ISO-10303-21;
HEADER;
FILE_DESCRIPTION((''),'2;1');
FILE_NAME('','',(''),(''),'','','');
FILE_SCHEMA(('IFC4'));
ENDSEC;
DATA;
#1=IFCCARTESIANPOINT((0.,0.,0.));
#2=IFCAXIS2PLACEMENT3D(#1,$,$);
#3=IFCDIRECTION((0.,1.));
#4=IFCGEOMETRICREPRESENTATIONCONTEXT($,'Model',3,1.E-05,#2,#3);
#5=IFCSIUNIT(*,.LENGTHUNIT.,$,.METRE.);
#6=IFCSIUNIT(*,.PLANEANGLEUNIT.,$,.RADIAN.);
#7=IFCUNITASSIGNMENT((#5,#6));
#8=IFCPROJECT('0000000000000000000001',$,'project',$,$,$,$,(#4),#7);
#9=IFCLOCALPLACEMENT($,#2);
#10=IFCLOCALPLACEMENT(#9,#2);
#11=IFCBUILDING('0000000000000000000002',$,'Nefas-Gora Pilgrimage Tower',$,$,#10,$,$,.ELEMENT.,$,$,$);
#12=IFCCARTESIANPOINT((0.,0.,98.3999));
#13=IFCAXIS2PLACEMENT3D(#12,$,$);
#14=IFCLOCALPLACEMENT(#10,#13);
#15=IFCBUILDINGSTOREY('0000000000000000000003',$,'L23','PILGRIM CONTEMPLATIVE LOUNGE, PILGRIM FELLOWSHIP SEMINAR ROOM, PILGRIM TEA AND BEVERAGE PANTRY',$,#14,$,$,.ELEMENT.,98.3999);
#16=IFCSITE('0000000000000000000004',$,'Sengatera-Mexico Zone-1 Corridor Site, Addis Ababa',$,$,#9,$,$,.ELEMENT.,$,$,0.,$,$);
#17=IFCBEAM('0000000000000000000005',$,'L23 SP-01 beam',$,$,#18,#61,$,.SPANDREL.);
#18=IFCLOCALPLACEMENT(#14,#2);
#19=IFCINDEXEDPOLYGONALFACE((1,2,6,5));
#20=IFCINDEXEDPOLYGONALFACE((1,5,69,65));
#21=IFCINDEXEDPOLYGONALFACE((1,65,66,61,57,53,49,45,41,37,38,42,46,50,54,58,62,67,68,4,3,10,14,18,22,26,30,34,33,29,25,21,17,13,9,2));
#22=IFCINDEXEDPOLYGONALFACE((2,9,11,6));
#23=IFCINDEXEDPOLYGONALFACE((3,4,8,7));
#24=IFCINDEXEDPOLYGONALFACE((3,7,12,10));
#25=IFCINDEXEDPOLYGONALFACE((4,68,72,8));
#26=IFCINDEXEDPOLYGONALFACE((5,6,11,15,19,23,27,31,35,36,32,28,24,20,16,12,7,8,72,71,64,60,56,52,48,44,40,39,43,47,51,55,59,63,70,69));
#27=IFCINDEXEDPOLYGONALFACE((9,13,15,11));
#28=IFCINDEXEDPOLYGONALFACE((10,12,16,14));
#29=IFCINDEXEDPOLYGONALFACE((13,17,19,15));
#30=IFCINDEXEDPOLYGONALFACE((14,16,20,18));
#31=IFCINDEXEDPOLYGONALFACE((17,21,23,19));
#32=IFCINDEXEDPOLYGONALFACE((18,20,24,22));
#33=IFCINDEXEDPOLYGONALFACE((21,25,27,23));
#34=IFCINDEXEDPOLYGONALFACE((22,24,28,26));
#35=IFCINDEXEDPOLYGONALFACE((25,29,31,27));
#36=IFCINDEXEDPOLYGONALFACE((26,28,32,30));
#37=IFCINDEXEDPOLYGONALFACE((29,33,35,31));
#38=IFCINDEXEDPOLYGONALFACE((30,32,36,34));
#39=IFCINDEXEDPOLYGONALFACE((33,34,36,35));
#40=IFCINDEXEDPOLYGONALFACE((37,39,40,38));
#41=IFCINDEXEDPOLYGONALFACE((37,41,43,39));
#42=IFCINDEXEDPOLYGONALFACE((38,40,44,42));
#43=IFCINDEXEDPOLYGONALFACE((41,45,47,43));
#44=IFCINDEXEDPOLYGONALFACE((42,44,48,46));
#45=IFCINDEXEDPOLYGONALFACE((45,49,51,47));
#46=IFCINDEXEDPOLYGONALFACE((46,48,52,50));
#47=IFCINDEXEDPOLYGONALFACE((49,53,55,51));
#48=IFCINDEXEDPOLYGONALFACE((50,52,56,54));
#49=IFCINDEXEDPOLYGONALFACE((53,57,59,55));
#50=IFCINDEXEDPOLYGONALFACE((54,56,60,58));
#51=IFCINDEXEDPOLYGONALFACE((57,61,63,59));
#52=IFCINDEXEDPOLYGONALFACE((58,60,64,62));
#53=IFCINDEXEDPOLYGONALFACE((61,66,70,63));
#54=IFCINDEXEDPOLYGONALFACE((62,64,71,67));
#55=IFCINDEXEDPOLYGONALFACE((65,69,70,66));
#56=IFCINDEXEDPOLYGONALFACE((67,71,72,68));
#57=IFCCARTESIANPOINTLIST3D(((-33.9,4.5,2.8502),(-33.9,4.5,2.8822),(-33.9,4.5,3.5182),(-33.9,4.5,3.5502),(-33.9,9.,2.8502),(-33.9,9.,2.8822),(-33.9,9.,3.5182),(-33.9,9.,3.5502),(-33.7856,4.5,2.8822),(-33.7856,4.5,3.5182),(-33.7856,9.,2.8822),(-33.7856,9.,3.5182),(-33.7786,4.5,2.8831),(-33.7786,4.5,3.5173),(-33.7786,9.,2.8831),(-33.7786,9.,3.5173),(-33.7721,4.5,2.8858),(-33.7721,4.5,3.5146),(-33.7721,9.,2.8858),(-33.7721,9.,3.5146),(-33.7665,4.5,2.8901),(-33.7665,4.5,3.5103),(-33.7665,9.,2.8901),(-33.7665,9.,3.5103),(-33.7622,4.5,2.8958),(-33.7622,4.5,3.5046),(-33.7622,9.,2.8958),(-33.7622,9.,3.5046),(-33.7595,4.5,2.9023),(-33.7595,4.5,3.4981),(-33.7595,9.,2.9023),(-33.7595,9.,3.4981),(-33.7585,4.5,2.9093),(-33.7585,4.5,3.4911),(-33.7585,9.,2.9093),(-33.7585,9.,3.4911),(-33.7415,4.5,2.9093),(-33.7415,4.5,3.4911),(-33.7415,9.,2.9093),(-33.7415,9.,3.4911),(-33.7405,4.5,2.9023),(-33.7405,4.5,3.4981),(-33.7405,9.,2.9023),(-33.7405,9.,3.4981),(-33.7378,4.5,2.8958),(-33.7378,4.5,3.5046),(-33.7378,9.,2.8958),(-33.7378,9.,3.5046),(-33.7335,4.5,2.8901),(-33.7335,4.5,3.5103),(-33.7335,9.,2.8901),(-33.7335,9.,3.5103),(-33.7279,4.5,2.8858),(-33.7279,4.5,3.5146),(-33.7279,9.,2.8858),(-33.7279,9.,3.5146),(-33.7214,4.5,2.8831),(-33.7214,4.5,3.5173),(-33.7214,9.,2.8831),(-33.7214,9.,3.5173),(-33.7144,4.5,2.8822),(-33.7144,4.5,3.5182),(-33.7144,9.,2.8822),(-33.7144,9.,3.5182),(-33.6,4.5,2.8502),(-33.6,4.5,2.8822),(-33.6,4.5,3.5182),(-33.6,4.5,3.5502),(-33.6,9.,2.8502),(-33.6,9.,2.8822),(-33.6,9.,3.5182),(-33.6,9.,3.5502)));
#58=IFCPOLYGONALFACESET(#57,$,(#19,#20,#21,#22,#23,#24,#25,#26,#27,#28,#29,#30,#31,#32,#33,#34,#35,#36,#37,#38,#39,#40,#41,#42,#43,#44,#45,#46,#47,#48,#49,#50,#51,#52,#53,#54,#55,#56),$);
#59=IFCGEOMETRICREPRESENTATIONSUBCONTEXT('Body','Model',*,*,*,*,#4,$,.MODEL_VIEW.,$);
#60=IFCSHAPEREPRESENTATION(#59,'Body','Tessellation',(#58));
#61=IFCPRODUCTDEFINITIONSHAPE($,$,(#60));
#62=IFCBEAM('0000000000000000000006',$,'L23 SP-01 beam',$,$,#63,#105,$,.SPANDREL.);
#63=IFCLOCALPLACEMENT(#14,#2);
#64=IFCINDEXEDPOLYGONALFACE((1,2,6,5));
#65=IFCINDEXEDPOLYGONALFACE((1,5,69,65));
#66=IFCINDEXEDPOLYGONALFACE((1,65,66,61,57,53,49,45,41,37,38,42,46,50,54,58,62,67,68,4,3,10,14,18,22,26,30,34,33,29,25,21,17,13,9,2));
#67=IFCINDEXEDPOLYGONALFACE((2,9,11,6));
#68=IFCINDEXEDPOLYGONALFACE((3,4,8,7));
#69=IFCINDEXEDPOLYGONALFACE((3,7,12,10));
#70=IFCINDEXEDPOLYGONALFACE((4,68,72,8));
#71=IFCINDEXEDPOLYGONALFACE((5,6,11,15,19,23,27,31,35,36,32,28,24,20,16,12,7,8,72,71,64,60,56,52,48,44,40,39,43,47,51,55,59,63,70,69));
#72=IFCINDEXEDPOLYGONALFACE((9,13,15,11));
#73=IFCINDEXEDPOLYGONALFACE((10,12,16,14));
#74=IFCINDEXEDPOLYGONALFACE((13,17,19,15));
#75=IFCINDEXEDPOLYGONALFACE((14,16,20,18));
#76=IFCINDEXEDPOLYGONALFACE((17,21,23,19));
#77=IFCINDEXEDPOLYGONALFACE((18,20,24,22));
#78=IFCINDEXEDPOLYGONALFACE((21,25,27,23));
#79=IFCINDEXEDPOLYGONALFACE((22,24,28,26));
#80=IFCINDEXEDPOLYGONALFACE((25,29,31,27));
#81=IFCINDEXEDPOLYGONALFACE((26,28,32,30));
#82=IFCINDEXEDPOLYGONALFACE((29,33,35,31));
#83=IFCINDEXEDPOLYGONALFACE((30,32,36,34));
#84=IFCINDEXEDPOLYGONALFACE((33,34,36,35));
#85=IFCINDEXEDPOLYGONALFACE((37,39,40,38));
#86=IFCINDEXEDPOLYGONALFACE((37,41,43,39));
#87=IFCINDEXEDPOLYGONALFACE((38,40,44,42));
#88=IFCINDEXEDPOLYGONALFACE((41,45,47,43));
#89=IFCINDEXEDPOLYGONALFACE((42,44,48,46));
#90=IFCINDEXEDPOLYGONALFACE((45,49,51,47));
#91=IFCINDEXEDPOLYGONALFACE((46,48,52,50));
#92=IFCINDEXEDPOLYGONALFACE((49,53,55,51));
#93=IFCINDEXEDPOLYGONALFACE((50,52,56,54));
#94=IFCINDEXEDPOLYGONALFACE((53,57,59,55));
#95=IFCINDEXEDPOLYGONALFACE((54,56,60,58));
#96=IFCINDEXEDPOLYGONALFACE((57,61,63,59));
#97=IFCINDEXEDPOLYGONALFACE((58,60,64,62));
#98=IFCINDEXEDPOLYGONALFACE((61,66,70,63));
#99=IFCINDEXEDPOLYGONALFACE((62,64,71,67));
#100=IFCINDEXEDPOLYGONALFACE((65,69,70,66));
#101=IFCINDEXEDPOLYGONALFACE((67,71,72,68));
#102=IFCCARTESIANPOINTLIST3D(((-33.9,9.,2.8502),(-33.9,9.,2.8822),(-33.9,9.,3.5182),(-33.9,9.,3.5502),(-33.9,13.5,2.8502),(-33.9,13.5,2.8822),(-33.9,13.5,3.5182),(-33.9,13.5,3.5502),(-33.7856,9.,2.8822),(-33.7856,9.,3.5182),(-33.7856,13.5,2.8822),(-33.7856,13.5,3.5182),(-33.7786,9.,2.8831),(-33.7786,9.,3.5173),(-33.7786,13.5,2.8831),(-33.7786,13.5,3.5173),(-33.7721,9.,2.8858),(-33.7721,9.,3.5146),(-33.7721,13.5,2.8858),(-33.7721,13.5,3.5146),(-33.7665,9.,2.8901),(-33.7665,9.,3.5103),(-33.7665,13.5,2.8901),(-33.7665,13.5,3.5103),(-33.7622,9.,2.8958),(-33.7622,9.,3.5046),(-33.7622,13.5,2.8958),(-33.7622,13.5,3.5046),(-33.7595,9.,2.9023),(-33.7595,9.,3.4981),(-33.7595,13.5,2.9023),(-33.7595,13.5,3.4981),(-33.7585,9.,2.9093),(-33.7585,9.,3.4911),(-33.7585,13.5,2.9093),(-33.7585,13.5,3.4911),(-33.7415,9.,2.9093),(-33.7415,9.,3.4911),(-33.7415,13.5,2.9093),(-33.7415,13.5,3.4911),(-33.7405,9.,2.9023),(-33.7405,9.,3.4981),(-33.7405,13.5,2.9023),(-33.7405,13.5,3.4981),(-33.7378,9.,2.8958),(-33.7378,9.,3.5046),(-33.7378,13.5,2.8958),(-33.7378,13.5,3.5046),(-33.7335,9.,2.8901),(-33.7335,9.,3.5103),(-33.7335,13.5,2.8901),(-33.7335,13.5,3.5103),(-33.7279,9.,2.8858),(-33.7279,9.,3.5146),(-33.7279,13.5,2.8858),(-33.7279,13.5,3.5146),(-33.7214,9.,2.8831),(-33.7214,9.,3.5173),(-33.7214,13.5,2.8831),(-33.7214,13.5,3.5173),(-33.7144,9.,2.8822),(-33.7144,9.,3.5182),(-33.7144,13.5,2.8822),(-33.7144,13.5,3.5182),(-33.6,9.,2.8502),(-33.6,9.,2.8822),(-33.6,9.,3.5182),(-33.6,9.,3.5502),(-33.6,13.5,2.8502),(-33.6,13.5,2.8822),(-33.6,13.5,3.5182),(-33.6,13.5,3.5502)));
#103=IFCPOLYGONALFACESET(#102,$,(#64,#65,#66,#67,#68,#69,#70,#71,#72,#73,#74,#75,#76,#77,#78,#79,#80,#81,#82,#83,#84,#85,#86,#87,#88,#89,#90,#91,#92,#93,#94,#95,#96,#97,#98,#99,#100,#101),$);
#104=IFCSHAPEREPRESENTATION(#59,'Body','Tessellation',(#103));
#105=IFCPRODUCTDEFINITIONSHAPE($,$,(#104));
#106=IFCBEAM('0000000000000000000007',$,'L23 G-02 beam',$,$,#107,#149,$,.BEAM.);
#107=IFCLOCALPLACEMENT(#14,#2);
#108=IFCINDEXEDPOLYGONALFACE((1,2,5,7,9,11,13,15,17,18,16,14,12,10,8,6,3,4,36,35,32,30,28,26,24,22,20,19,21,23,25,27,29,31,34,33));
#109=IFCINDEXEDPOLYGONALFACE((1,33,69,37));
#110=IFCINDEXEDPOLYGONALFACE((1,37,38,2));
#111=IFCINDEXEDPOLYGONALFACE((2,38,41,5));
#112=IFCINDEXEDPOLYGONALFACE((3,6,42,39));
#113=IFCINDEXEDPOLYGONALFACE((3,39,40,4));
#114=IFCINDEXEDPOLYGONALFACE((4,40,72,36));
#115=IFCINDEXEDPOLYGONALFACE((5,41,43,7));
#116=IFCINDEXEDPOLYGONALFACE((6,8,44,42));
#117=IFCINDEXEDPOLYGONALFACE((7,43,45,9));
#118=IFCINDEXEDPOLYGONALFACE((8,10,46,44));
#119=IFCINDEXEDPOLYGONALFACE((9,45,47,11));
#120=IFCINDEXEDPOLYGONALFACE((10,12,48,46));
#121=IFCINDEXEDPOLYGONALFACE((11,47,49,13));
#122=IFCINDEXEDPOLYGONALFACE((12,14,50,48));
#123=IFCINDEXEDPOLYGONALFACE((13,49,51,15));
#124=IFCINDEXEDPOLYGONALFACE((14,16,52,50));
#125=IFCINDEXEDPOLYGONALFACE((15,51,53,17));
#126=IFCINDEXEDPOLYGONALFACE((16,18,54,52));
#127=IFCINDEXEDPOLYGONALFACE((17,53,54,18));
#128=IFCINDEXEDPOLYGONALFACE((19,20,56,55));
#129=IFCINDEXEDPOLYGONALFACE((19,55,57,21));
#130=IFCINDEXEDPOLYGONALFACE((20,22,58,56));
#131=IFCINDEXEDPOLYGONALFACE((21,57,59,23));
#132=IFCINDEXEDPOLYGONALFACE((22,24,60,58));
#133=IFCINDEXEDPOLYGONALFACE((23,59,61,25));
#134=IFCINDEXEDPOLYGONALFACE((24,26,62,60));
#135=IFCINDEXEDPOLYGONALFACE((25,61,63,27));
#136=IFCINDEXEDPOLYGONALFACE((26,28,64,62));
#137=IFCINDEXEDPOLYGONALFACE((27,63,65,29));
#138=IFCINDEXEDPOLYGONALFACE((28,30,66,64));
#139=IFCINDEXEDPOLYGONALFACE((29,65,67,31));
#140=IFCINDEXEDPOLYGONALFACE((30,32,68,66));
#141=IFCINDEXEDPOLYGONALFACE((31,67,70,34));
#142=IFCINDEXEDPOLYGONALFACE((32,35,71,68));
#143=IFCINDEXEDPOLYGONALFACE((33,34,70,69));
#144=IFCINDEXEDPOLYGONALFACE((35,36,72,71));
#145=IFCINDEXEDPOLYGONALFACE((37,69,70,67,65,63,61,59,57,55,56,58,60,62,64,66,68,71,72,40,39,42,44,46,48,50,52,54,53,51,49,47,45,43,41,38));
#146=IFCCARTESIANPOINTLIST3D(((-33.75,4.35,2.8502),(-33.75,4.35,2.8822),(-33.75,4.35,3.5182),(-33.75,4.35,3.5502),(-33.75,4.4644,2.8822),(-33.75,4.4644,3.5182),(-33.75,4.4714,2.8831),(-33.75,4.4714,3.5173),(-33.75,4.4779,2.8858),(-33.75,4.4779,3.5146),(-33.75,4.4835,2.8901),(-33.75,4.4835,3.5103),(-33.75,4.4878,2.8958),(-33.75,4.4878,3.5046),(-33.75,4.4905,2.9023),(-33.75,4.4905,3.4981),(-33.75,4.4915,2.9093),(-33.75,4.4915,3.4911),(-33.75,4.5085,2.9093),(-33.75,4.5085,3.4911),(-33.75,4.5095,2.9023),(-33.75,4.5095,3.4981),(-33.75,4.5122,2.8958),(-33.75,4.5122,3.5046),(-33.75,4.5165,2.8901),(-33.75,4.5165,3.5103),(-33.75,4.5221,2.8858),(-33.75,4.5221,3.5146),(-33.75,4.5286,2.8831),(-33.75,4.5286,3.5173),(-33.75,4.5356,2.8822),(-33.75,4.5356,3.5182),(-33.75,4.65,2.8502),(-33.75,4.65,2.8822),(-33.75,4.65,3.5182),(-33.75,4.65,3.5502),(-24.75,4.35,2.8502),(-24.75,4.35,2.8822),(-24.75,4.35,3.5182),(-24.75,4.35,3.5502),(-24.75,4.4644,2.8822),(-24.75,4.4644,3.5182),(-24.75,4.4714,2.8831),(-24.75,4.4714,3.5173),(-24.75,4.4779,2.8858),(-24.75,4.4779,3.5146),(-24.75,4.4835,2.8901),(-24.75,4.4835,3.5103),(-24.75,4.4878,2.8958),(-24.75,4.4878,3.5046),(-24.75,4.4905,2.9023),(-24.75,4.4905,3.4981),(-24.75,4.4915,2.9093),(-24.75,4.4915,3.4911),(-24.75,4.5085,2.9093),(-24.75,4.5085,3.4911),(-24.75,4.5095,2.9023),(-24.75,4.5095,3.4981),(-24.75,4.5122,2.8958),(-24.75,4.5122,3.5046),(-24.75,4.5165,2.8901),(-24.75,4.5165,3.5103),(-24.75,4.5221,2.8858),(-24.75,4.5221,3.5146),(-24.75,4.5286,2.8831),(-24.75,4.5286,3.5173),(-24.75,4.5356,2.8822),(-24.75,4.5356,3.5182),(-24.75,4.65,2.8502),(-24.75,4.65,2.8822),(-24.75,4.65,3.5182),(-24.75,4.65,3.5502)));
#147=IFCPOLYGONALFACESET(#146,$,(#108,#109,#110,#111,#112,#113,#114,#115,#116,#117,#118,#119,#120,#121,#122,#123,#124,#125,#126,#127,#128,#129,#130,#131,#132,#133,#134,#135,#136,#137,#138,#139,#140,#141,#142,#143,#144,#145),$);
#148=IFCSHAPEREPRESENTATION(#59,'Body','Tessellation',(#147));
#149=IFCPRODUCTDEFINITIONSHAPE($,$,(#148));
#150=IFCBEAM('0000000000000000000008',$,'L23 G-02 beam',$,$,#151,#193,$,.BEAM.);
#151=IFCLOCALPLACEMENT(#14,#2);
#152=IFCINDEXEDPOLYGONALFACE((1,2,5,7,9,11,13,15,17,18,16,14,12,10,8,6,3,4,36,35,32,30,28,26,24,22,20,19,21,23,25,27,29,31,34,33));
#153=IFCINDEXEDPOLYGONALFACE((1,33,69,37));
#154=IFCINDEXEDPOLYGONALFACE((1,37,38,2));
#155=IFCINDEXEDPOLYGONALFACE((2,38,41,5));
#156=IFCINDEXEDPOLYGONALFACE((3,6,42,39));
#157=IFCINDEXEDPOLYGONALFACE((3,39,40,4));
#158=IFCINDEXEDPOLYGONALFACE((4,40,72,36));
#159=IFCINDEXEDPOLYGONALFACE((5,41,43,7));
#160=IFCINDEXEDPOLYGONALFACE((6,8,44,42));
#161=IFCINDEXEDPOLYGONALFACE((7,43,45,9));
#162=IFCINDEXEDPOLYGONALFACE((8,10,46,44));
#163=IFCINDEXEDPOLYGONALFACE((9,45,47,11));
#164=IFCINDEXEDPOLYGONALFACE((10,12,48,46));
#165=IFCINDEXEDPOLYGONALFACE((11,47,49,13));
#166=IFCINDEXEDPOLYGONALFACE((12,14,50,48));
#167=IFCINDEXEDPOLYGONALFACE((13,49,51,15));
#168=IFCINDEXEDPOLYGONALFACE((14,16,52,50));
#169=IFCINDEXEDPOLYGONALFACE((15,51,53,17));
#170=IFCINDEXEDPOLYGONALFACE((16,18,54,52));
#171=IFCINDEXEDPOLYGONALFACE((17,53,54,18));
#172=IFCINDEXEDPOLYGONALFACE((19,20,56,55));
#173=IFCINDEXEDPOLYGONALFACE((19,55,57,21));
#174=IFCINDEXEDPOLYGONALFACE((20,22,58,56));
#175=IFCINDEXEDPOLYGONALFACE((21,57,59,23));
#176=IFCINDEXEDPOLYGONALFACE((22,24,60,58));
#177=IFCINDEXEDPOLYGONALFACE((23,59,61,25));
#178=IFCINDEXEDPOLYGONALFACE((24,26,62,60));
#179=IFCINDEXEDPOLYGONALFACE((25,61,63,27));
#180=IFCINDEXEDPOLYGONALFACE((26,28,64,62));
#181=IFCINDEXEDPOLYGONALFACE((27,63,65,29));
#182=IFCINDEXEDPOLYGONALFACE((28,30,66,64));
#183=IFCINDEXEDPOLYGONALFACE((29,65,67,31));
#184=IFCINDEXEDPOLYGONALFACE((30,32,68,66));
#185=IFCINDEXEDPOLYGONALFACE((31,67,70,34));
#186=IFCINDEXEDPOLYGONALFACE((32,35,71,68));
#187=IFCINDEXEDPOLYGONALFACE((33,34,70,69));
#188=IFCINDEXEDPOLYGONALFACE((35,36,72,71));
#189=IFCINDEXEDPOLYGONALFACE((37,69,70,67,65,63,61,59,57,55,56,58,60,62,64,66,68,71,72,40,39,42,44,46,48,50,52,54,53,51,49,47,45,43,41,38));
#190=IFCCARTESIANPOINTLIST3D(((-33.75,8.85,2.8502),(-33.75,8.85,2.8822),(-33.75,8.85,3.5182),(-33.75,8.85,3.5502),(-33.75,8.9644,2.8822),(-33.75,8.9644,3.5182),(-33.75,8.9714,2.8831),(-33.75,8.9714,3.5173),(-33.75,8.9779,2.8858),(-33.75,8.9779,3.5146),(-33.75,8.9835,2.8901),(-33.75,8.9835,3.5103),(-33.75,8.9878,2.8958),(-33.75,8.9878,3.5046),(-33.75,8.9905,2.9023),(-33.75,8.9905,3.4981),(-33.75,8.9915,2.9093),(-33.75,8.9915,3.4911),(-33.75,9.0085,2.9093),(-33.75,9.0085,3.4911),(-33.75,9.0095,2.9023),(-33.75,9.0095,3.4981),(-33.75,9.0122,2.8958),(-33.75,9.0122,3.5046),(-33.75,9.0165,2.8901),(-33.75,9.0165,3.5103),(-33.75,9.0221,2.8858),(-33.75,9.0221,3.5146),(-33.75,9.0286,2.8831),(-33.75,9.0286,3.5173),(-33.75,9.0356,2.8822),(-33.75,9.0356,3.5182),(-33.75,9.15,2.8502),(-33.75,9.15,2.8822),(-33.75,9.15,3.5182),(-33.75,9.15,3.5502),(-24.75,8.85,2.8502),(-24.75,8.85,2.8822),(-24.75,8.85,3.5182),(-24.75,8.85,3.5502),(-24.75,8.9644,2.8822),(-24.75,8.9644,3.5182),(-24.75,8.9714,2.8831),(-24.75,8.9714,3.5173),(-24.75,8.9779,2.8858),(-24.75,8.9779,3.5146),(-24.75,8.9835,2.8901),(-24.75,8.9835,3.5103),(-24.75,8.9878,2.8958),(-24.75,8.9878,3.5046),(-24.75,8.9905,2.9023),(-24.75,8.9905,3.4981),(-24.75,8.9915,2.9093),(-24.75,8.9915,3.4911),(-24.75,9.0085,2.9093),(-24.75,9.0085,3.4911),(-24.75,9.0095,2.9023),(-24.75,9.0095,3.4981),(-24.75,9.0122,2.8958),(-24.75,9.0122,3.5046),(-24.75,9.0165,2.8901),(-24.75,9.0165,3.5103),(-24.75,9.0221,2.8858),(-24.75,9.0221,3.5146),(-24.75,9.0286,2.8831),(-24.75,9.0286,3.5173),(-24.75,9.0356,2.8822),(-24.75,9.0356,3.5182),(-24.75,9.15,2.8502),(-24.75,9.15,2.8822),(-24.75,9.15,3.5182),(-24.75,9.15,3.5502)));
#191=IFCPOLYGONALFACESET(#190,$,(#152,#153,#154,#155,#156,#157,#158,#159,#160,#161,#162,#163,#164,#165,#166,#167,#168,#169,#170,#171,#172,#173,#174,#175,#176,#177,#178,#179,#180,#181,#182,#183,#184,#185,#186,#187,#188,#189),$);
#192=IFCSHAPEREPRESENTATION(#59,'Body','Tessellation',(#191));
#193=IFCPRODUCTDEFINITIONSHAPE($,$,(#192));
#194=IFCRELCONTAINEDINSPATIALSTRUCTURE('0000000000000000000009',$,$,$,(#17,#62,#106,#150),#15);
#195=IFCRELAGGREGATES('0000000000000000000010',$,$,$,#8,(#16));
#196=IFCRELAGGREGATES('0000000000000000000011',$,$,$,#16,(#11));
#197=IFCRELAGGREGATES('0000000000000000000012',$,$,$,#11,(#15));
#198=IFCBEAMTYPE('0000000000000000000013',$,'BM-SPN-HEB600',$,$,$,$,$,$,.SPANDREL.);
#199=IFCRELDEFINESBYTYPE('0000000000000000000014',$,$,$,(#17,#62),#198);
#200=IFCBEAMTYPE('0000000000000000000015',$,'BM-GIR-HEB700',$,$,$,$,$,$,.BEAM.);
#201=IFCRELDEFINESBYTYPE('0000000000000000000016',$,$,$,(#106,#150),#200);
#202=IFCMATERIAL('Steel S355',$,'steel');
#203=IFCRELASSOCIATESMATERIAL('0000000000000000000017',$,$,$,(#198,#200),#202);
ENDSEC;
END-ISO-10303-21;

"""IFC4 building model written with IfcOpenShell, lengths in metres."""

from ifc_helpers import new_model, si_unit, direction, frame, origin, origin_2d, place, context, subcontext, project, spatial, i_section, extrude, source, transform, mapped, material, material_profile, profile_set, type_object, element, save


model = new_model("IFC4")

# Units and contexts
model_context = context("Model", 3, precision=1e-05, world=origin(), true_north=direction((0.0, 1.0)))
body_context = subcontext(model_context, "Body", "Model", "MODEL_VIEW")
ifc_project = project(units=[si_unit("LENGTHUNIT", "METRE"), si_unit("PLANEANGLEUNIT", "RADIAN")], contexts=[model_context])

# Site, building, storey
site_placement = place(None, origin())
site = spatial("IfcSite", under=ifc_project, at=site_placement, Name="Sengatera-Mexico Zone-1 Corridor Site, Addis Ababa", CompositionType="ELEMENT", RefElevation=0.0)
building_placement = place(site_placement, origin())
building = spatial("IfcBuilding", under=site, at=building_placement, Name="Nefas-Gora Pilgrimage Tower", CompositionType="ELEMENT")
storey_placement = place(building_placement, frame((0.0, 0.0, 98.3999)))
storey = spatial("IfcBuildingStorey", under=building, at=storey_placement, Name="L23", Description="PILGRIM CONTEMPLATIVE LOUNGE, PILGRIM FELLOWSHIP SEMINAR ROOM, PILGRIM TEA AND BEVERAGE PANTRY", CompositionType="ELEMENT", Elevation=98.3999)

# Beams
ifc_material_1 = material(Name="Steel S355", Category="steel")
ifc_material_profile_1 = material_profile(ifc_material_1, i_section(OverallWidth=0.3, OverallDepth=0.7, WebThickness=0.0171, FlangeThickness=0.032, FilletRadius=0.0271, at=origin_2d()), Name="HEB 700")
ifc_profile_set_1 = profile_set([ifc_material_profile_1], Name="Steel S355")
beam_type_1 = type_object("IfcBeamType", Name="BM-SPN-HEB600", PredefinedType="SPANDREL", material=ifc_profile_set_1)
shared_shape_1 = source(origin(), body_context, "Body", "SweptSolid", [
    extrude(i_section(OverallWidth=0.3, OverallDepth=0.7, WebThickness=0.0171, FlangeThickness=0.032, FilletRadius=0.0271, at=origin_2d()), origin(), (0.0, 0.0, 1.0), 4.5),
])
for number, where, z_axis, x_axis, name in (
    (1, (-33.75, 4.5, 3.2002), (0.0, 1.0, 0.0), (-1.0, 0.0, 0.0), "L23 SP-01 beam"),
    (2, (-33.75, 9.0, 3.2002), (0.0, 1.0, 0.0), (-1.0, 0.0, 0.0), "L23 SP-01 beam"),
):
    element("IfcBeam", number, at=place(storey_placement, frame(where, z_axis=z_axis, x_axis=x_axis)), inside=storey, type_object=beam_type_1, Name=name, PredefinedType="SPANDREL", context=body_context, shape_type="MappedRepresentation", body=[
        mapped(shared_shape_1, transform((0.0, 0.0, 0.0), x_axis=(1.0, 0.0, 0.0), y_axis=(0.0, 1.0, 0.0), z_axis=(0.0, 0.0, 1.0), scale=1.0)),
    ])
ifc_material_profile_2 = material_profile(ifc_material_1, i_section(OverallWidth=0.3, OverallDepth=0.7, WebThickness=0.0171, FlangeThickness=0.032, FilletRadius=0.0271, at=origin_2d()), Name="HEB 700")
ifc_profile_set_2 = profile_set([ifc_material_profile_2], Name="Steel S355")
beam_type_2 = type_object("IfcBeamType", Name="BM-GIR-HEB700", PredefinedType="BEAM", material=ifc_profile_set_2)
shared_shape_2 = source(origin(), body_context, "Body", "SweptSolid", [
    extrude(i_section(OverallWidth=0.3, OverallDepth=0.7, WebThickness=0.0171, FlangeThickness=0.032, FilletRadius=0.0271, at=origin_2d()), origin(), (0.0, 0.0, 1.0), 9.0),
])
for number, where, z_axis, x_axis, name in (
    (3, (-33.75, 4.5, 3.2002), (1.0, 0.0, 0.0), (0.0, 1.0, 0.0), "L23 G-02 beam"),
    (4, (-33.75, 9.0, 3.2002), (1.0, 0.0, 0.0), (0.0, 1.0, 0.0), "L23 G-02 beam"),
):
    element("IfcBeam", number, at=place(storey_placement, frame(where, z_axis=z_axis, x_axis=x_axis)), inside=storey, type_object=beam_type_2, Name=name, PredefinedType="BEAM", context=body_context, shape_type="MappedRepresentation", body=[
        mapped(shared_shape_2, transform((0.0, 0.0, 0.0), x_axis=(1.0, 0.0, 0.0), y_axis=(0.0, 1.0, 0.0), z_axis=(0.0, 0.0, 1.0), scale=1.0)),
    ])

save(model, "model.ifc")
